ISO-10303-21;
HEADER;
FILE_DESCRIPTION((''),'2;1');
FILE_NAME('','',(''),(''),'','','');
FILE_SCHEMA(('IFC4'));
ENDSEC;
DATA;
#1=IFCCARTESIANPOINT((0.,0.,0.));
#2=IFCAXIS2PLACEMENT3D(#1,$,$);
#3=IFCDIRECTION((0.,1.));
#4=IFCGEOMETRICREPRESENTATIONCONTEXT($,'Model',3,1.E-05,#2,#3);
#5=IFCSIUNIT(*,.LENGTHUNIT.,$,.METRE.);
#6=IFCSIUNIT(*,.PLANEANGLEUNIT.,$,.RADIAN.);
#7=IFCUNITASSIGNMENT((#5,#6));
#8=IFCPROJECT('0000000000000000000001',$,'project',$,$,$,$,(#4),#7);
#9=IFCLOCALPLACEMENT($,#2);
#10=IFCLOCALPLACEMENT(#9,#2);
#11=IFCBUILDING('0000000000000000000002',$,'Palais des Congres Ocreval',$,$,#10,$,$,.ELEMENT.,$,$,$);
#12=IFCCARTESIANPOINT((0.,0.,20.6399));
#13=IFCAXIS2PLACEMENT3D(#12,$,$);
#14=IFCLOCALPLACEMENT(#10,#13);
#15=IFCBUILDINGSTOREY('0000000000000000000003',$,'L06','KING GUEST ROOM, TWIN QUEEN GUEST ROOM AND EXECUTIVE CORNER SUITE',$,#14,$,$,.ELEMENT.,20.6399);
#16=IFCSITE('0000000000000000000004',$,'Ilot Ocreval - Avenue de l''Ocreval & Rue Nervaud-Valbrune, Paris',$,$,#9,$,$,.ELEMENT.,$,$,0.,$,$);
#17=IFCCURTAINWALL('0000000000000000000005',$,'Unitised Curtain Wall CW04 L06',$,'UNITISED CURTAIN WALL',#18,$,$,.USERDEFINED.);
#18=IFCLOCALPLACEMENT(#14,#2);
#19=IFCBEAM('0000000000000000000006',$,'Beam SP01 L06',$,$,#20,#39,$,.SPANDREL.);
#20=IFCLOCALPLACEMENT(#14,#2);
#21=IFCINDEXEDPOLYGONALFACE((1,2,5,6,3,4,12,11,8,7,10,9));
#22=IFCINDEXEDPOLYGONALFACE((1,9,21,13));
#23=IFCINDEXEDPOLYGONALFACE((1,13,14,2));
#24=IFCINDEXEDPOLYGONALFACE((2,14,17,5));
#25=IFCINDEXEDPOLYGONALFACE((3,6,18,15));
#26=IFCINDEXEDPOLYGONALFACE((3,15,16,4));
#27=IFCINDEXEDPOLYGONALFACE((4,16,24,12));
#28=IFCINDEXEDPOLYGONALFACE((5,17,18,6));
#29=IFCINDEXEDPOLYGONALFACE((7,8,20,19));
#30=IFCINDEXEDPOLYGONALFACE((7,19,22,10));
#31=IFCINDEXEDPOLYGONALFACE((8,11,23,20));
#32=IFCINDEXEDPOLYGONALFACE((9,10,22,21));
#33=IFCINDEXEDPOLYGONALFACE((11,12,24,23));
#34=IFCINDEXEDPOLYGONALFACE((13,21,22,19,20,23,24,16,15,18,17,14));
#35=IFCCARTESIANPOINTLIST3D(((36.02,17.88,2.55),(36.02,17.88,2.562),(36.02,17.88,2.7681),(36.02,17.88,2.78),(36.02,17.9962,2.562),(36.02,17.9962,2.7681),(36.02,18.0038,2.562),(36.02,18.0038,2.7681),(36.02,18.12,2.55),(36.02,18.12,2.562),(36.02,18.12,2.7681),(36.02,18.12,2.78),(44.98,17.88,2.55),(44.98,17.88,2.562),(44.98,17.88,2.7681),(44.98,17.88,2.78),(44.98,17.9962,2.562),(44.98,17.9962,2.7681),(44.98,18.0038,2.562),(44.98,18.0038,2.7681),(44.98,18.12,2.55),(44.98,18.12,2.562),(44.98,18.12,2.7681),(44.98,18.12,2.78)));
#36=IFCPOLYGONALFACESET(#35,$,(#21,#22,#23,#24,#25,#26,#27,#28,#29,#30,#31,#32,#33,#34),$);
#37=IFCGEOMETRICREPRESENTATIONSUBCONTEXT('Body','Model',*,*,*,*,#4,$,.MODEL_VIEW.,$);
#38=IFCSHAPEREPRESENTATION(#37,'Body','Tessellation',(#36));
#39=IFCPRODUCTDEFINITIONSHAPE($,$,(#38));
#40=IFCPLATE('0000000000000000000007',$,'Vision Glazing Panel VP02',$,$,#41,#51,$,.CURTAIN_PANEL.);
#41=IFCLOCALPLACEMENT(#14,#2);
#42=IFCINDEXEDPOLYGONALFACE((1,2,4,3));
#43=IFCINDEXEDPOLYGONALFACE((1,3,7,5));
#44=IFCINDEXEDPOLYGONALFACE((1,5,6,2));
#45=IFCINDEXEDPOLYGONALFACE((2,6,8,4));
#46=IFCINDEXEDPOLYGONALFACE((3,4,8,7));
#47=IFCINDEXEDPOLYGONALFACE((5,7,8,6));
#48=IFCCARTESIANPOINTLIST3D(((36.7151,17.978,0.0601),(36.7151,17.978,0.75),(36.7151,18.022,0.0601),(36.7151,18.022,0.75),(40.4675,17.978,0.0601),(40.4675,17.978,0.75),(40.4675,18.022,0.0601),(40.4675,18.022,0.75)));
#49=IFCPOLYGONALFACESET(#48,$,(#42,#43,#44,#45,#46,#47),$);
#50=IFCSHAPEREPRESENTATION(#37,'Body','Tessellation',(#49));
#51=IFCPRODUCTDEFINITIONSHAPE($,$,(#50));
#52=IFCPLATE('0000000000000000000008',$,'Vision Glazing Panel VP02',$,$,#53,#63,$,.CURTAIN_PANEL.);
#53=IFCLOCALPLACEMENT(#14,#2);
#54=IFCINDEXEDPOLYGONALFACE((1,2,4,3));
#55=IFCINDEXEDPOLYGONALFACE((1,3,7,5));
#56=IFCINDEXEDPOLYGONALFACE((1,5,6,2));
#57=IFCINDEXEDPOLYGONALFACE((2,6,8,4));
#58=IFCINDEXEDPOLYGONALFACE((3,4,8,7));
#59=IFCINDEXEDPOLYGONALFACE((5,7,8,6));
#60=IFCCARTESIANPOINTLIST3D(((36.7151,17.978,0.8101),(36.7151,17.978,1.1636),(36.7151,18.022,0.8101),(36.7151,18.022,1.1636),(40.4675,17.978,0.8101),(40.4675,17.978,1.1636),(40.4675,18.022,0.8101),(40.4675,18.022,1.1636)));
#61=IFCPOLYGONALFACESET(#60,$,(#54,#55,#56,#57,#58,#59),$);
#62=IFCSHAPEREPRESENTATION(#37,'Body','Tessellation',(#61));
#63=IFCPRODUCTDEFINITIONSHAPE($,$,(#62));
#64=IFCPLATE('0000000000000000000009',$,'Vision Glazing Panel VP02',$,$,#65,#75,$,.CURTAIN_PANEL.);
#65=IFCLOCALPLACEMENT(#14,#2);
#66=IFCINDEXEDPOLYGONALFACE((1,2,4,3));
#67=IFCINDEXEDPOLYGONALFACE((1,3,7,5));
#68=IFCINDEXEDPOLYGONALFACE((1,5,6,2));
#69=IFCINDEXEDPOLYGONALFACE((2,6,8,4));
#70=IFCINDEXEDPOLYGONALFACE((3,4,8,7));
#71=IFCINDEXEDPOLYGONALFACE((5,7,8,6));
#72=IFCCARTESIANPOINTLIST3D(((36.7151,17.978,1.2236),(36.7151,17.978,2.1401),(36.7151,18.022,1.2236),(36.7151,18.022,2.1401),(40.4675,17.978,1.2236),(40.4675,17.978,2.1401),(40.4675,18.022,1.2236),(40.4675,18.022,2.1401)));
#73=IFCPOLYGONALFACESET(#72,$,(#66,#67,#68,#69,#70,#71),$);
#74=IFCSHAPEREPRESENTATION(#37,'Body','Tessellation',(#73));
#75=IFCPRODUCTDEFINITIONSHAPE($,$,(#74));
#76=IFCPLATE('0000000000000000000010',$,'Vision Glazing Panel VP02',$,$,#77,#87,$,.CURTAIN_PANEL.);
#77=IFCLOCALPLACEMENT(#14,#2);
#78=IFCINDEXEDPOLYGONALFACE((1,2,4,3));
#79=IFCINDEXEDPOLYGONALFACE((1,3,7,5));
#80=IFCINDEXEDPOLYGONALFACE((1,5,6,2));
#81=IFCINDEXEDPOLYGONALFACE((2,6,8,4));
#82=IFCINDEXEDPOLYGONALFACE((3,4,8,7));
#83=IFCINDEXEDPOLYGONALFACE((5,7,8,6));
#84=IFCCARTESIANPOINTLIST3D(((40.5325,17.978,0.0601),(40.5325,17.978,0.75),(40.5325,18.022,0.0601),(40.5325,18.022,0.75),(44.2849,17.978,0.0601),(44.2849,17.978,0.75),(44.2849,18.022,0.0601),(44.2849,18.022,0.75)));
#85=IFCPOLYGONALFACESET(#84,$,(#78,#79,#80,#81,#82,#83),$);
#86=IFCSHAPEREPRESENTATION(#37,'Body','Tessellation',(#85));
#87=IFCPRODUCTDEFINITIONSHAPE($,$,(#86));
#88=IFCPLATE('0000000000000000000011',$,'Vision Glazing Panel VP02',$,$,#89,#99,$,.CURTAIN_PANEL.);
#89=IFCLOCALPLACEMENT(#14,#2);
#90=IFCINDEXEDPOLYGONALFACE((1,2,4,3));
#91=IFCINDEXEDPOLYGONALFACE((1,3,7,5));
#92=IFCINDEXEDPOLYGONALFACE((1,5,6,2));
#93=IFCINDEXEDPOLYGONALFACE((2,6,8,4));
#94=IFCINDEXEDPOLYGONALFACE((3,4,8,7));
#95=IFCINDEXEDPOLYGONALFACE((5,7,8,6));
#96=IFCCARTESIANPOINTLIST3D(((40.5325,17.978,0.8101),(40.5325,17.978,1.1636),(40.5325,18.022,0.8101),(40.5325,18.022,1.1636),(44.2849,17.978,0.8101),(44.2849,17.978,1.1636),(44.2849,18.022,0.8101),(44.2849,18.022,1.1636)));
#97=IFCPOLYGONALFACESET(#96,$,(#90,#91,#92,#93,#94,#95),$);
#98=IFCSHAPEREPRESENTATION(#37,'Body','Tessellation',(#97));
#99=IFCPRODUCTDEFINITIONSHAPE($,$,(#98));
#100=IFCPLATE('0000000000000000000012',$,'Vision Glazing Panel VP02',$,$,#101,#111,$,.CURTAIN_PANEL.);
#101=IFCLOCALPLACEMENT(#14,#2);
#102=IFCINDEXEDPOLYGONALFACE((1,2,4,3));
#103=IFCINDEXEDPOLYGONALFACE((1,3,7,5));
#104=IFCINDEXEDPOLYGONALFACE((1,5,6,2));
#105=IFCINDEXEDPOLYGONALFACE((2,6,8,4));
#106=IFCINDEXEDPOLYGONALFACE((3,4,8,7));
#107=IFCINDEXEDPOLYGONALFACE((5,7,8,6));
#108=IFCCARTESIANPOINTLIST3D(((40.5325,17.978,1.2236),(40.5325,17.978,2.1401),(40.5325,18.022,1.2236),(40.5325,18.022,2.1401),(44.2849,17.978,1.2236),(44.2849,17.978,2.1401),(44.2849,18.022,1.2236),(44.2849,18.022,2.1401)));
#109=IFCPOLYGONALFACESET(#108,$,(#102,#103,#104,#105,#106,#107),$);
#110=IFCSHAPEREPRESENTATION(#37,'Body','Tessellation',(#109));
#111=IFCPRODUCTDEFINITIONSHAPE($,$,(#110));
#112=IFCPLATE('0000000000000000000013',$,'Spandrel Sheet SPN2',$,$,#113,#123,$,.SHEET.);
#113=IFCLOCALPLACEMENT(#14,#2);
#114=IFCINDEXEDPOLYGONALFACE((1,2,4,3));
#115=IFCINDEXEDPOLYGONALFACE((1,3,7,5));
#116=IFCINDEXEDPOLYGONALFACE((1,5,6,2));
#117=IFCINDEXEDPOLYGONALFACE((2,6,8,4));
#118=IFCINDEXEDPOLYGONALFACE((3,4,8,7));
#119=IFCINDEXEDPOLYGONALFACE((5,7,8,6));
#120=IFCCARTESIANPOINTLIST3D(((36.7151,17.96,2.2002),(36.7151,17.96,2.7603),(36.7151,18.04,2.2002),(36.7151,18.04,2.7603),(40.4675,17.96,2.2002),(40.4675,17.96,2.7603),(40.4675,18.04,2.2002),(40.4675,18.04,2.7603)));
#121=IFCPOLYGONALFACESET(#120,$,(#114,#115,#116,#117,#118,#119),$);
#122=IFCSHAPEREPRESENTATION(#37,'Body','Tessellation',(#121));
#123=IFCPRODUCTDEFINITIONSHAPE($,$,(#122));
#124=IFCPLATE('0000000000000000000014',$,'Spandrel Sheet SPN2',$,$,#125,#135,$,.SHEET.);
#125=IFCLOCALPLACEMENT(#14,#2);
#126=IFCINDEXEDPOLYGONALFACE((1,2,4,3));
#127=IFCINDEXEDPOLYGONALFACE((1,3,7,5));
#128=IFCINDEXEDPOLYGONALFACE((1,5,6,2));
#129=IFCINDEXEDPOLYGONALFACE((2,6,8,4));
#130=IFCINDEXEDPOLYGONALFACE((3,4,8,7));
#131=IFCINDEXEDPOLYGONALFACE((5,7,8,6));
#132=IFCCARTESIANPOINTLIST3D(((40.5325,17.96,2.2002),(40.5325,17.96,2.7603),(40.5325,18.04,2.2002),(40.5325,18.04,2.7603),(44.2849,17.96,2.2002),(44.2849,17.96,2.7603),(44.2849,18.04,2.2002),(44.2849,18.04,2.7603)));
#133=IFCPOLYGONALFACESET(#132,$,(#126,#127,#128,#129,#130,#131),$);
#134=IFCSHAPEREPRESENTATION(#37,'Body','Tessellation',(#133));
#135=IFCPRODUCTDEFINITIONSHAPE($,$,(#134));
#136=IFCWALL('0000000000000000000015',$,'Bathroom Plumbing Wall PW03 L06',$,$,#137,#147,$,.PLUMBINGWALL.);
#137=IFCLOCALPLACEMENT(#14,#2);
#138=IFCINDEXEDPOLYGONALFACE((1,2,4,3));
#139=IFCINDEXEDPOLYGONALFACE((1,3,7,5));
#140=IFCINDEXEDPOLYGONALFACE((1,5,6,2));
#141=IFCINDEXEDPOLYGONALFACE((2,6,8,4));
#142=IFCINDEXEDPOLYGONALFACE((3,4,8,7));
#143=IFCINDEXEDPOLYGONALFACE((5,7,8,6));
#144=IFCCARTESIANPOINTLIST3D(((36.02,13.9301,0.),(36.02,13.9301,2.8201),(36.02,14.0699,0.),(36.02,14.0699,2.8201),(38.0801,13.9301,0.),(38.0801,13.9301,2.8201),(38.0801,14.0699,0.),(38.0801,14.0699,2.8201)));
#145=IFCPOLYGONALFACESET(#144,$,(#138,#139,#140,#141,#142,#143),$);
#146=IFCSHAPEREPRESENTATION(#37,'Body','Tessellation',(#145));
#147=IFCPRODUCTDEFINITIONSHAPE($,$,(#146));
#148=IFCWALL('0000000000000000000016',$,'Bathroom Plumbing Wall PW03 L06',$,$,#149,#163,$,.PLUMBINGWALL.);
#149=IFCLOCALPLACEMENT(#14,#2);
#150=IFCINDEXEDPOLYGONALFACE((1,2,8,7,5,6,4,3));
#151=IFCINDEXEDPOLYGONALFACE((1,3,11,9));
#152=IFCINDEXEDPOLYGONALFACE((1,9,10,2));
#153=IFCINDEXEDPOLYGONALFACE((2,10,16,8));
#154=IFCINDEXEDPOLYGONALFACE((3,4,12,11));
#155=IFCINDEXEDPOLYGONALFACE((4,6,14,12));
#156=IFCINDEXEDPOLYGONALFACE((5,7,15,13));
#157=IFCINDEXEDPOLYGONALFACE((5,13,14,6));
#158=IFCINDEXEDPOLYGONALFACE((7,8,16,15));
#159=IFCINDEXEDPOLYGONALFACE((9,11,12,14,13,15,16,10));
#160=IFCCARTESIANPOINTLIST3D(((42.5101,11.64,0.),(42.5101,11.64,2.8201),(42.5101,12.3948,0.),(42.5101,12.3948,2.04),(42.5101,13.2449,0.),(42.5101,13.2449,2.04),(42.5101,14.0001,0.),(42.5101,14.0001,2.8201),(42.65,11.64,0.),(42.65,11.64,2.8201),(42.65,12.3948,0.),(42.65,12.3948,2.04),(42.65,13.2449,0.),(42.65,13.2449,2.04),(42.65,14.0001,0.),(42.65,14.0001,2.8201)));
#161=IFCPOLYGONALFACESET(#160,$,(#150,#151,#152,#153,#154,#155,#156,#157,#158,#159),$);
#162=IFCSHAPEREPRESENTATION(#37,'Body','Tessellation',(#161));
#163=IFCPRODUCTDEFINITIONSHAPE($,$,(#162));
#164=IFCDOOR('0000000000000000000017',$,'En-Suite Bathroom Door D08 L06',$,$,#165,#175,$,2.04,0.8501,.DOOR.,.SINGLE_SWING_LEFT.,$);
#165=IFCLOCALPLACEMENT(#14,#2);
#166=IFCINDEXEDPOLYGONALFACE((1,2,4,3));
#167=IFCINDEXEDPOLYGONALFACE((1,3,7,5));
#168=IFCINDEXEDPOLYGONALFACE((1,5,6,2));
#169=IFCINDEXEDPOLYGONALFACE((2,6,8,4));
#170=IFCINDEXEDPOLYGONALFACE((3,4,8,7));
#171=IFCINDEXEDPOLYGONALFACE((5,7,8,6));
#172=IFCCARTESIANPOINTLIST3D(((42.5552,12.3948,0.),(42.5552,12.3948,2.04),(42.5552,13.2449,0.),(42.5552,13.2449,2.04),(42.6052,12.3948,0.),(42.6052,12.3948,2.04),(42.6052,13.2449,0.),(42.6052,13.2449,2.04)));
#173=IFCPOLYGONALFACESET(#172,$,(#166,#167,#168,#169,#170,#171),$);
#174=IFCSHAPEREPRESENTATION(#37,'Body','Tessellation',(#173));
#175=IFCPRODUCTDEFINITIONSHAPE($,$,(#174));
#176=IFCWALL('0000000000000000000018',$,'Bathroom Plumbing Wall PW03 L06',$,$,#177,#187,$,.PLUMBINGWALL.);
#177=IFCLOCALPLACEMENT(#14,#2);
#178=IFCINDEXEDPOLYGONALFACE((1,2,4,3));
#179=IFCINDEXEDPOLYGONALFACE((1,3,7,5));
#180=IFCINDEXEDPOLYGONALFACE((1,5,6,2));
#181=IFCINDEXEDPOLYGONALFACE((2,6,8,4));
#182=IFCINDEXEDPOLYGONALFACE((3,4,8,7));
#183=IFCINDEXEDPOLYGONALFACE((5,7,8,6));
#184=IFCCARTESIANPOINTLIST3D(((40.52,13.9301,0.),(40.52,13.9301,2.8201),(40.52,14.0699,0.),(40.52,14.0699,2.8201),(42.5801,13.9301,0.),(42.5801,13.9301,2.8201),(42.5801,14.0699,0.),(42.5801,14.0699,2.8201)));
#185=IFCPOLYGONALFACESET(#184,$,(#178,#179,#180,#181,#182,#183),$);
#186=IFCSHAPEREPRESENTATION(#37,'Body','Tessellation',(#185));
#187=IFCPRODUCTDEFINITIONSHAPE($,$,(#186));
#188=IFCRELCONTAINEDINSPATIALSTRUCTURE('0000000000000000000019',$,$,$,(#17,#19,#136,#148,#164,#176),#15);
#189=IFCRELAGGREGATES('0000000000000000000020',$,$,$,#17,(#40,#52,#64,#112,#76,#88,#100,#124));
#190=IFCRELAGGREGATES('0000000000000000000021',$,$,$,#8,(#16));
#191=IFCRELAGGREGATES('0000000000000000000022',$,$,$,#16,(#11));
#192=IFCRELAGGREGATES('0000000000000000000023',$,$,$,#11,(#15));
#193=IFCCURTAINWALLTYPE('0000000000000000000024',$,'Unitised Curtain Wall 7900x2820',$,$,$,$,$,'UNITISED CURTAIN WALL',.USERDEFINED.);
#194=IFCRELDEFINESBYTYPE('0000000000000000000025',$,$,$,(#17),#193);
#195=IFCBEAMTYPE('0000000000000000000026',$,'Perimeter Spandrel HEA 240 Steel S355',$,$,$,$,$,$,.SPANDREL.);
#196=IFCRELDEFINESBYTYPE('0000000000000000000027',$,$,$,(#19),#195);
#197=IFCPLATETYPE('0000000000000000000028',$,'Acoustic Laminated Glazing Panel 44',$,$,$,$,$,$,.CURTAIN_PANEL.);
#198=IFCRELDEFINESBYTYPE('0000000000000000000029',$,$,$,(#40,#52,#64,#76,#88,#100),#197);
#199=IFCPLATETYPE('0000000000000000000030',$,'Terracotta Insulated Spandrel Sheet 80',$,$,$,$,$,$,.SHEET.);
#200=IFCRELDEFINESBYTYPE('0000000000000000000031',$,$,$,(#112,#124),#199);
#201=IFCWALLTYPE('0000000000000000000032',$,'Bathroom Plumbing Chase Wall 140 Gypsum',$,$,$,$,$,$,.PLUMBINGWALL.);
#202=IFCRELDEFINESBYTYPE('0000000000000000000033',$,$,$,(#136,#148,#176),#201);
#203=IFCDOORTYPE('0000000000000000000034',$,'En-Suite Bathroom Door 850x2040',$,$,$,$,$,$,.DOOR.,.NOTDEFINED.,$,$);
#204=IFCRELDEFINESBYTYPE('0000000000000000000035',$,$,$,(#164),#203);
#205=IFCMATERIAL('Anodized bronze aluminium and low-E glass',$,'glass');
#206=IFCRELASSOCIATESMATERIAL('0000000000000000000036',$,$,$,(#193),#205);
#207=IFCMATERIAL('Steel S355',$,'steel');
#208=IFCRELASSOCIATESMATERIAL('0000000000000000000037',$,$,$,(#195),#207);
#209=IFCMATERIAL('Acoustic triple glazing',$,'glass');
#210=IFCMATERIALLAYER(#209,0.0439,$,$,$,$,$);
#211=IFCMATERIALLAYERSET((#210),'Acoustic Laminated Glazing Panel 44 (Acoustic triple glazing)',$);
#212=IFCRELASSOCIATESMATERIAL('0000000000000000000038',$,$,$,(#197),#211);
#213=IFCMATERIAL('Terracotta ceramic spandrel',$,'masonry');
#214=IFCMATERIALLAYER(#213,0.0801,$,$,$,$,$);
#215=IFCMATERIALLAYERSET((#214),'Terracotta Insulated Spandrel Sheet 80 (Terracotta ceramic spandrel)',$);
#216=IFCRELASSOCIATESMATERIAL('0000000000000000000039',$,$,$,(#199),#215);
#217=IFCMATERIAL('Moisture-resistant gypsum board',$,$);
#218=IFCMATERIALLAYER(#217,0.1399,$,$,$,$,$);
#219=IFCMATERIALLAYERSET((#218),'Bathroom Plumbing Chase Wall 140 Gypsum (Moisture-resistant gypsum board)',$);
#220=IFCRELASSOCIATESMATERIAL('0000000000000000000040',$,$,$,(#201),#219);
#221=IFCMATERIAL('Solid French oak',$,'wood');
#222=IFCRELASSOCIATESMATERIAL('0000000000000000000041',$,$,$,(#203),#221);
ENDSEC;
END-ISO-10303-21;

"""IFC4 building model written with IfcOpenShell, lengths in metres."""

from ifc_helpers import new_model, si_unit, direction, frame, frame_2d, origin, origin_2d, place, context, subcontext, project, spatial, rectangle, i_section, extrude, material, layer, layer_set, material_profile, profile_set, type_object, element, fill, aggregate, save


model = new_model("IFC4")

# Units and contexts
model_context = context("Model", 3, precision=1e-05, world=origin(), true_north=direction((0.0, 1.0)))
body_context = subcontext(model_context, "Body", "Model", "MODEL_VIEW")
ifc_project = project(units=[si_unit("LENGTHUNIT", "METRE"), si_unit("PLANEANGLEUNIT", "RADIAN")], contexts=[model_context])

# Site, building, storey
site_placement = place(None, origin())
site = spatial("IfcSite", under=ifc_project, at=site_placement, Name="Ilot Ocreval - Avenue de l'Ocreval & Rue Nervaud-Valbrune, Paris", CompositionType="ELEMENT", RefElevation=0.0)
building_placement = place(site_placement, origin())
building = spatial("IfcBuilding", under=site, at=building_placement, Name="Palais des Congres Ocreval", CompositionType="ELEMENT")
storey_placement = place(building_placement, frame((0.0, 0.0, 20.6399)))
storey = spatial("IfcBuildingStorey", under=building, at=storey_placement, Name="L06", Description="KING GUEST ROOM, TWIN QUEEN GUEST ROOM AND EXECUTIVE CORNER SUITE", CompositionType="ELEMENT", Elevation=20.6399)

# Curtain wall
ifc_material_1 = material(Name="Anodized bronze aluminium and low-E glass", Category="glass")
curtain_wall_type = type_object("IfcCurtainWallType", Name="Unitised Curtain Wall 7900x2820", ElementType="UNITISED CURTAIN WALL", PredefinedType="USERDEFINED", material=ifc_material_1)
curtain_wall_placement = place(storey_placement, origin())
curtain_wall = element("IfcCurtainWall", 1, at=curtain_wall_placement, inside=storey, type_object=curtain_wall_type, Name="Unitised Curtain Wall CW04 L06", ObjectType="UNITISED CURTAIN WALL", PredefinedType="USERDEFINED")

# Beam
ifc_material_2 = material(Name="Steel S355", Category="steel")
ifc_material_profile_1 = material_profile(ifc_material_2, i_section(OverallWidth=0.24, OverallDepth=0.23, WebThickness=0.0076, FlangeThickness=0.012, at=origin_2d()), Name="HEA 240")
ifc_profile_set_1 = profile_set([ifc_material_profile_1], Name="Steel S355")
beam_type = type_object("IfcBeamType", Name="Perimeter Spandrel HEA 240 Steel S355", PredefinedType="SPANDREL", material=ifc_profile_set_1)
beam_placement = place(storey_placement, frame((36.02, 18.0, 2.665), z_axis=(1.0, 0.0, 0.0), x_axis=(0.0, 1.0, 0.0)))
element("IfcBeam", 2, at=beam_placement, inside=storey, type_object=beam_type, Name="Beam SP01 L06", PredefinedType="SPANDREL", context=body_context, shape_type="SweptSolid", body=[
    extrude(i_section(OverallWidth=0.24, OverallDepth=0.23, WebThickness=0.0076, FlangeThickness=0.012, at=origin_2d()), origin(), (0.0, 0.0, 1.0), 8.96),
])

# Plates
ifc_material_3 = material(Name="Acoustic triple glazing", Category="glass")
ifc_layer_1 = layer(ifc_material_3, 0.0439)
ifc_layer_set_1 = layer_set([ifc_layer_1], Name="Acoustic Laminated Glazing Panel 44 (Acoustic triple glazing)")
plate_type_1 = type_object("IfcPlateType", Name="Acoustic Laminated Glazing Panel 44", PredefinedType="CURTAIN_PANEL", material=ifc_layer_set_1)
plate_1_placement = place(storey_placement, frame((38.5913, 18.0, 0.0601), z_axis=(0.0, 0.0, 1.0), x_axis=(1.0, 0.0, 0.0)))
plate_1 = element("IfcPlate", 3, at=plate_1_placement, type_object=plate_type_1, Name="Vision Glazing Panel VP02", PredefinedType="CURTAIN_PANEL", context=body_context, shape_type="SweptSolid", body=[
    extrude(rectangle(XDim=3.7524, YDim=0.0439, at=origin_2d()), origin(), (0.0, 0.0, 1.0), 0.6899),
])
plate_2_placement = place(storey_placement, frame((38.5913, 18.0, 0.8101), z_axis=(0.0, 0.0, 1.0), x_axis=(1.0, 0.0, 0.0)))
plate_2 = element("IfcPlate", 4, at=plate_2_placement, type_object=plate_type_1, Name="Vision Glazing Panel VP02", PredefinedType="CURTAIN_PANEL", context=body_context, shape_type="SweptSolid", body=[
    extrude(rectangle(XDim=3.7524, YDim=0.0439, at=origin_2d()), origin(), (0.0, 0.0, 1.0), 0.3535),
])
plate_3_placement = place(storey_placement, frame((38.5913, 18.0, 1.2236), z_axis=(0.0, 0.0, 1.0), x_axis=(1.0, 0.0, 0.0)))
plate_3 = element("IfcPlate", 5, at=plate_3_placement, type_object=plate_type_1, Name="Vision Glazing Panel VP02", PredefinedType="CURTAIN_PANEL", context=body_context, shape_type="SweptSolid", body=[
    extrude(rectangle(XDim=3.7524, YDim=0.0439, at=origin_2d()), origin(), (0.0, 0.0, 1.0), 0.9165),
])
plate_4_placement = place(storey_placement, frame((42.4087, 18.0, 0.0601), z_axis=(0.0, 0.0, 1.0), x_axis=(1.0, 0.0, 0.0)))
plate_4 = element("IfcPlate", 6, at=plate_4_placement, type_object=plate_type_1, Name="Vision Glazing Panel VP02", PredefinedType="CURTAIN_PANEL", context=body_context, shape_type="SweptSolid", body=[
    extrude(rectangle(XDim=3.7524, YDim=0.0439, at=origin_2d()), origin(), (0.0, 0.0, 1.0), 0.6899),
])
plate_5_placement = place(storey_placement, frame((42.4087, 18.0, 0.8101), z_axis=(0.0, 0.0, 1.0), x_axis=(1.0, 0.0, 0.0)))
plate_5 = element("IfcPlate", 7, at=plate_5_placement, type_object=plate_type_1, Name="Vision Glazing Panel VP02", PredefinedType="CURTAIN_PANEL", context=body_context, shape_type="SweptSolid", body=[
    extrude(rectangle(XDim=3.7524, YDim=0.0439, at=origin_2d()), origin(), (0.0, 0.0, 1.0), 0.3535),
])
plate_6_placement = place(storey_placement, frame((42.4087, 18.0, 1.2236), z_axis=(0.0, 0.0, 1.0), x_axis=(1.0, 0.0, 0.0)))
plate_6 = element("IfcPlate", 8, at=plate_6_placement, type_object=plate_type_1, Name="Vision Glazing Panel VP02", PredefinedType="CURTAIN_PANEL", context=body_context, shape_type="SweptSolid", body=[
    extrude(rectangle(XDim=3.7524, YDim=0.0439, at=origin_2d()), origin(), (0.0, 0.0, 1.0), 0.9165),
])
ifc_material_4 = material(Name="Terracotta ceramic spandrel", Category="masonry")
ifc_layer_2 = layer(ifc_material_4, 0.0801)
ifc_layer_set_2 = layer_set([ifc_layer_2], Name="Terracotta Insulated Spandrel Sheet 80 (Terracotta ceramic spandrel)")
plate_type_2 = type_object("IfcPlateType", Name="Terracotta Insulated Spandrel Sheet 80", PredefinedType="SHEET", material=ifc_layer_set_2)
plate_7_placement = place(storey_placement, frame((38.5913, 18.0, 2.2002), z_axis=(0.0, 0.0, 1.0), x_axis=(1.0, 0.0, 0.0)))
plate_7 = element("IfcPlate", 9, at=plate_7_placement, type_object=plate_type_2, Name="Spandrel Sheet SPN2", PredefinedType="SHEET", context=body_context, shape_type="SweptSolid", body=[
    extrude(rectangle(XDim=3.7524, YDim=0.0801, at=origin_2d()), origin(), (0.0, 0.0, 1.0), 0.5601),
])
plate_8_placement = place(storey_placement, frame((42.4087, 18.0, 2.2002), z_axis=(0.0, 0.0, 1.0), x_axis=(1.0, 0.0, 0.0)))
plate_8 = element("IfcPlate", 10, at=plate_8_placement, type_object=plate_type_2, Name="Spandrel Sheet SPN2", PredefinedType="SHEET", context=body_context, shape_type="SweptSolid", body=[
    extrude(rectangle(XDim=3.7524, YDim=0.0801, at=origin_2d()), origin(), (0.0, 0.0, 1.0), 0.5601),
])
aggregate(curtain_wall, [plate_1, plate_2, plate_3, plate_7, plate_4, plate_5, plate_6, plate_8])

# Wall
ifc_material_5 = material(Name="Moisture-resistant gypsum board")
ifc_layer_3 = layer(ifc_material_5, 0.1399)
ifc_layer_set_3 = layer_set([ifc_layer_3], Name="Bathroom Plumbing Chase Wall 140 Gypsum (Moisture-resistant gypsum board)")
wall_type_1 = type_object("IfcWallType", Name="Bathroom Plumbing Chase Wall 140 Gypsum", PredefinedType="PLUMBINGWALL", material=ifc_layer_set_3)
wall_1_placement = place(storey_placement, frame((36.02, 14.0, 0.0), z_axis=(0.0, 0.0, 1.0), x_axis=(1.0, 0.0, 0.0)))
element("IfcWall", 11, at=wall_1_placement, inside=storey, type_object=wall_type_1, Name="Bathroom Plumbing Wall PW03 L06", PredefinedType="PLUMBINGWALL", context=body_context, shape_type="SweptSolid", body=[
    extrude(rectangle(XDim=2.0601, YDim=0.1399, at=frame_2d((1.03, 0.0))), origin(), (0.0, 0.0, 1.0), 2.8201),
])

# Wall, opening, door
wall_2_placement = place(storey_placement, frame((42.5801, 11.6399, 0.0), z_axis=(0.0, 0.0, 1.0), x_axis=(0.0, 1.0, 0.0)))
wall_2 = element("IfcWall", 12, at=wall_2_placement, inside=storey, type_object=wall_type_1, Name="Bathroom Plumbing Wall PW03 L06", PredefinedType="PLUMBINGWALL", context=body_context, shape_type="SweptSolid", body=[
    extrude(rectangle(XDim=2.3601, YDim=0.1399, at=frame_2d((1.1802, 0.0))), origin(), (0.0, 0.0, 1.0), 2.8201),
])
opening_placement = place(wall_2_placement, frame((0.7549, 0.0, 0.0)))
opening = element("IfcOpeningElement", 13, at=opening_placement, cuts=wall_2, PredefinedType="OPENING", context=body_context, shape_type="SweptSolid", body=[
    extrude(rectangle(XDim=0.8501, YDim=2.04, at=frame_2d((0.425, 1.02))), frame((0.0, 0.0798, 0.0), z_axis=(0.0, -1.0, 0.0), x_axis=(1.0, 0.0, 0.0)), (0.0, 0.0, 1.0), 0.1599),
])
ifc_material_6 = material(Name="Solid French oak", Category="wood")
door_type = type_object("IfcDoorType", Name="En-Suite Bathroom Door 850x2040", OperationType="NOTDEFINED", PredefinedType="DOOR", material=ifc_material_6)
door_placement = place(opening_placement, origin())
door = element("IfcDoor", 14, at=door_placement, inside=storey, type_object=door_type, Name="En-Suite Bathroom Door D08 L06", OperationType="SINGLE_SWING_LEFT", OverallHeight=2.04, OverallWidth=0.8501, PredefinedType="DOOR", context=body_context, shape_type="SweptSolid", body=[
    extrude(rectangle(XDim=0.8501, YDim=2.04, at=frame_2d((0.425, 1.02))), frame((0.0, 0.0249, 0.0), z_axis=(0.0, -1.0, 0.0), x_axis=(1.0, 0.0, 0.0)), (0.0, 0.0, 1.0), 0.05),
])
fill(opening, door)

# Wall
wall_3_placement = place(storey_placement, frame((40.52, 14.0, 0.0), z_axis=(0.0, 0.0, 1.0), x_axis=(1.0, 0.0, 0.0)))
element("IfcWall", 15, at=wall_3_placement, inside=storey, type_object=wall_type_1, Name="Bathroom Plumbing Wall PW03 L06", PredefinedType="PLUMBINGWALL", context=body_context, shape_type="SweptSolid", body=[
    extrude(rectangle(XDim=2.0601, YDim=0.1399, at=frame_2d((1.03, 0.0))), origin(), (0.0, 0.0, 1.0), 2.8201),
])

save(model, "model.ifc")
